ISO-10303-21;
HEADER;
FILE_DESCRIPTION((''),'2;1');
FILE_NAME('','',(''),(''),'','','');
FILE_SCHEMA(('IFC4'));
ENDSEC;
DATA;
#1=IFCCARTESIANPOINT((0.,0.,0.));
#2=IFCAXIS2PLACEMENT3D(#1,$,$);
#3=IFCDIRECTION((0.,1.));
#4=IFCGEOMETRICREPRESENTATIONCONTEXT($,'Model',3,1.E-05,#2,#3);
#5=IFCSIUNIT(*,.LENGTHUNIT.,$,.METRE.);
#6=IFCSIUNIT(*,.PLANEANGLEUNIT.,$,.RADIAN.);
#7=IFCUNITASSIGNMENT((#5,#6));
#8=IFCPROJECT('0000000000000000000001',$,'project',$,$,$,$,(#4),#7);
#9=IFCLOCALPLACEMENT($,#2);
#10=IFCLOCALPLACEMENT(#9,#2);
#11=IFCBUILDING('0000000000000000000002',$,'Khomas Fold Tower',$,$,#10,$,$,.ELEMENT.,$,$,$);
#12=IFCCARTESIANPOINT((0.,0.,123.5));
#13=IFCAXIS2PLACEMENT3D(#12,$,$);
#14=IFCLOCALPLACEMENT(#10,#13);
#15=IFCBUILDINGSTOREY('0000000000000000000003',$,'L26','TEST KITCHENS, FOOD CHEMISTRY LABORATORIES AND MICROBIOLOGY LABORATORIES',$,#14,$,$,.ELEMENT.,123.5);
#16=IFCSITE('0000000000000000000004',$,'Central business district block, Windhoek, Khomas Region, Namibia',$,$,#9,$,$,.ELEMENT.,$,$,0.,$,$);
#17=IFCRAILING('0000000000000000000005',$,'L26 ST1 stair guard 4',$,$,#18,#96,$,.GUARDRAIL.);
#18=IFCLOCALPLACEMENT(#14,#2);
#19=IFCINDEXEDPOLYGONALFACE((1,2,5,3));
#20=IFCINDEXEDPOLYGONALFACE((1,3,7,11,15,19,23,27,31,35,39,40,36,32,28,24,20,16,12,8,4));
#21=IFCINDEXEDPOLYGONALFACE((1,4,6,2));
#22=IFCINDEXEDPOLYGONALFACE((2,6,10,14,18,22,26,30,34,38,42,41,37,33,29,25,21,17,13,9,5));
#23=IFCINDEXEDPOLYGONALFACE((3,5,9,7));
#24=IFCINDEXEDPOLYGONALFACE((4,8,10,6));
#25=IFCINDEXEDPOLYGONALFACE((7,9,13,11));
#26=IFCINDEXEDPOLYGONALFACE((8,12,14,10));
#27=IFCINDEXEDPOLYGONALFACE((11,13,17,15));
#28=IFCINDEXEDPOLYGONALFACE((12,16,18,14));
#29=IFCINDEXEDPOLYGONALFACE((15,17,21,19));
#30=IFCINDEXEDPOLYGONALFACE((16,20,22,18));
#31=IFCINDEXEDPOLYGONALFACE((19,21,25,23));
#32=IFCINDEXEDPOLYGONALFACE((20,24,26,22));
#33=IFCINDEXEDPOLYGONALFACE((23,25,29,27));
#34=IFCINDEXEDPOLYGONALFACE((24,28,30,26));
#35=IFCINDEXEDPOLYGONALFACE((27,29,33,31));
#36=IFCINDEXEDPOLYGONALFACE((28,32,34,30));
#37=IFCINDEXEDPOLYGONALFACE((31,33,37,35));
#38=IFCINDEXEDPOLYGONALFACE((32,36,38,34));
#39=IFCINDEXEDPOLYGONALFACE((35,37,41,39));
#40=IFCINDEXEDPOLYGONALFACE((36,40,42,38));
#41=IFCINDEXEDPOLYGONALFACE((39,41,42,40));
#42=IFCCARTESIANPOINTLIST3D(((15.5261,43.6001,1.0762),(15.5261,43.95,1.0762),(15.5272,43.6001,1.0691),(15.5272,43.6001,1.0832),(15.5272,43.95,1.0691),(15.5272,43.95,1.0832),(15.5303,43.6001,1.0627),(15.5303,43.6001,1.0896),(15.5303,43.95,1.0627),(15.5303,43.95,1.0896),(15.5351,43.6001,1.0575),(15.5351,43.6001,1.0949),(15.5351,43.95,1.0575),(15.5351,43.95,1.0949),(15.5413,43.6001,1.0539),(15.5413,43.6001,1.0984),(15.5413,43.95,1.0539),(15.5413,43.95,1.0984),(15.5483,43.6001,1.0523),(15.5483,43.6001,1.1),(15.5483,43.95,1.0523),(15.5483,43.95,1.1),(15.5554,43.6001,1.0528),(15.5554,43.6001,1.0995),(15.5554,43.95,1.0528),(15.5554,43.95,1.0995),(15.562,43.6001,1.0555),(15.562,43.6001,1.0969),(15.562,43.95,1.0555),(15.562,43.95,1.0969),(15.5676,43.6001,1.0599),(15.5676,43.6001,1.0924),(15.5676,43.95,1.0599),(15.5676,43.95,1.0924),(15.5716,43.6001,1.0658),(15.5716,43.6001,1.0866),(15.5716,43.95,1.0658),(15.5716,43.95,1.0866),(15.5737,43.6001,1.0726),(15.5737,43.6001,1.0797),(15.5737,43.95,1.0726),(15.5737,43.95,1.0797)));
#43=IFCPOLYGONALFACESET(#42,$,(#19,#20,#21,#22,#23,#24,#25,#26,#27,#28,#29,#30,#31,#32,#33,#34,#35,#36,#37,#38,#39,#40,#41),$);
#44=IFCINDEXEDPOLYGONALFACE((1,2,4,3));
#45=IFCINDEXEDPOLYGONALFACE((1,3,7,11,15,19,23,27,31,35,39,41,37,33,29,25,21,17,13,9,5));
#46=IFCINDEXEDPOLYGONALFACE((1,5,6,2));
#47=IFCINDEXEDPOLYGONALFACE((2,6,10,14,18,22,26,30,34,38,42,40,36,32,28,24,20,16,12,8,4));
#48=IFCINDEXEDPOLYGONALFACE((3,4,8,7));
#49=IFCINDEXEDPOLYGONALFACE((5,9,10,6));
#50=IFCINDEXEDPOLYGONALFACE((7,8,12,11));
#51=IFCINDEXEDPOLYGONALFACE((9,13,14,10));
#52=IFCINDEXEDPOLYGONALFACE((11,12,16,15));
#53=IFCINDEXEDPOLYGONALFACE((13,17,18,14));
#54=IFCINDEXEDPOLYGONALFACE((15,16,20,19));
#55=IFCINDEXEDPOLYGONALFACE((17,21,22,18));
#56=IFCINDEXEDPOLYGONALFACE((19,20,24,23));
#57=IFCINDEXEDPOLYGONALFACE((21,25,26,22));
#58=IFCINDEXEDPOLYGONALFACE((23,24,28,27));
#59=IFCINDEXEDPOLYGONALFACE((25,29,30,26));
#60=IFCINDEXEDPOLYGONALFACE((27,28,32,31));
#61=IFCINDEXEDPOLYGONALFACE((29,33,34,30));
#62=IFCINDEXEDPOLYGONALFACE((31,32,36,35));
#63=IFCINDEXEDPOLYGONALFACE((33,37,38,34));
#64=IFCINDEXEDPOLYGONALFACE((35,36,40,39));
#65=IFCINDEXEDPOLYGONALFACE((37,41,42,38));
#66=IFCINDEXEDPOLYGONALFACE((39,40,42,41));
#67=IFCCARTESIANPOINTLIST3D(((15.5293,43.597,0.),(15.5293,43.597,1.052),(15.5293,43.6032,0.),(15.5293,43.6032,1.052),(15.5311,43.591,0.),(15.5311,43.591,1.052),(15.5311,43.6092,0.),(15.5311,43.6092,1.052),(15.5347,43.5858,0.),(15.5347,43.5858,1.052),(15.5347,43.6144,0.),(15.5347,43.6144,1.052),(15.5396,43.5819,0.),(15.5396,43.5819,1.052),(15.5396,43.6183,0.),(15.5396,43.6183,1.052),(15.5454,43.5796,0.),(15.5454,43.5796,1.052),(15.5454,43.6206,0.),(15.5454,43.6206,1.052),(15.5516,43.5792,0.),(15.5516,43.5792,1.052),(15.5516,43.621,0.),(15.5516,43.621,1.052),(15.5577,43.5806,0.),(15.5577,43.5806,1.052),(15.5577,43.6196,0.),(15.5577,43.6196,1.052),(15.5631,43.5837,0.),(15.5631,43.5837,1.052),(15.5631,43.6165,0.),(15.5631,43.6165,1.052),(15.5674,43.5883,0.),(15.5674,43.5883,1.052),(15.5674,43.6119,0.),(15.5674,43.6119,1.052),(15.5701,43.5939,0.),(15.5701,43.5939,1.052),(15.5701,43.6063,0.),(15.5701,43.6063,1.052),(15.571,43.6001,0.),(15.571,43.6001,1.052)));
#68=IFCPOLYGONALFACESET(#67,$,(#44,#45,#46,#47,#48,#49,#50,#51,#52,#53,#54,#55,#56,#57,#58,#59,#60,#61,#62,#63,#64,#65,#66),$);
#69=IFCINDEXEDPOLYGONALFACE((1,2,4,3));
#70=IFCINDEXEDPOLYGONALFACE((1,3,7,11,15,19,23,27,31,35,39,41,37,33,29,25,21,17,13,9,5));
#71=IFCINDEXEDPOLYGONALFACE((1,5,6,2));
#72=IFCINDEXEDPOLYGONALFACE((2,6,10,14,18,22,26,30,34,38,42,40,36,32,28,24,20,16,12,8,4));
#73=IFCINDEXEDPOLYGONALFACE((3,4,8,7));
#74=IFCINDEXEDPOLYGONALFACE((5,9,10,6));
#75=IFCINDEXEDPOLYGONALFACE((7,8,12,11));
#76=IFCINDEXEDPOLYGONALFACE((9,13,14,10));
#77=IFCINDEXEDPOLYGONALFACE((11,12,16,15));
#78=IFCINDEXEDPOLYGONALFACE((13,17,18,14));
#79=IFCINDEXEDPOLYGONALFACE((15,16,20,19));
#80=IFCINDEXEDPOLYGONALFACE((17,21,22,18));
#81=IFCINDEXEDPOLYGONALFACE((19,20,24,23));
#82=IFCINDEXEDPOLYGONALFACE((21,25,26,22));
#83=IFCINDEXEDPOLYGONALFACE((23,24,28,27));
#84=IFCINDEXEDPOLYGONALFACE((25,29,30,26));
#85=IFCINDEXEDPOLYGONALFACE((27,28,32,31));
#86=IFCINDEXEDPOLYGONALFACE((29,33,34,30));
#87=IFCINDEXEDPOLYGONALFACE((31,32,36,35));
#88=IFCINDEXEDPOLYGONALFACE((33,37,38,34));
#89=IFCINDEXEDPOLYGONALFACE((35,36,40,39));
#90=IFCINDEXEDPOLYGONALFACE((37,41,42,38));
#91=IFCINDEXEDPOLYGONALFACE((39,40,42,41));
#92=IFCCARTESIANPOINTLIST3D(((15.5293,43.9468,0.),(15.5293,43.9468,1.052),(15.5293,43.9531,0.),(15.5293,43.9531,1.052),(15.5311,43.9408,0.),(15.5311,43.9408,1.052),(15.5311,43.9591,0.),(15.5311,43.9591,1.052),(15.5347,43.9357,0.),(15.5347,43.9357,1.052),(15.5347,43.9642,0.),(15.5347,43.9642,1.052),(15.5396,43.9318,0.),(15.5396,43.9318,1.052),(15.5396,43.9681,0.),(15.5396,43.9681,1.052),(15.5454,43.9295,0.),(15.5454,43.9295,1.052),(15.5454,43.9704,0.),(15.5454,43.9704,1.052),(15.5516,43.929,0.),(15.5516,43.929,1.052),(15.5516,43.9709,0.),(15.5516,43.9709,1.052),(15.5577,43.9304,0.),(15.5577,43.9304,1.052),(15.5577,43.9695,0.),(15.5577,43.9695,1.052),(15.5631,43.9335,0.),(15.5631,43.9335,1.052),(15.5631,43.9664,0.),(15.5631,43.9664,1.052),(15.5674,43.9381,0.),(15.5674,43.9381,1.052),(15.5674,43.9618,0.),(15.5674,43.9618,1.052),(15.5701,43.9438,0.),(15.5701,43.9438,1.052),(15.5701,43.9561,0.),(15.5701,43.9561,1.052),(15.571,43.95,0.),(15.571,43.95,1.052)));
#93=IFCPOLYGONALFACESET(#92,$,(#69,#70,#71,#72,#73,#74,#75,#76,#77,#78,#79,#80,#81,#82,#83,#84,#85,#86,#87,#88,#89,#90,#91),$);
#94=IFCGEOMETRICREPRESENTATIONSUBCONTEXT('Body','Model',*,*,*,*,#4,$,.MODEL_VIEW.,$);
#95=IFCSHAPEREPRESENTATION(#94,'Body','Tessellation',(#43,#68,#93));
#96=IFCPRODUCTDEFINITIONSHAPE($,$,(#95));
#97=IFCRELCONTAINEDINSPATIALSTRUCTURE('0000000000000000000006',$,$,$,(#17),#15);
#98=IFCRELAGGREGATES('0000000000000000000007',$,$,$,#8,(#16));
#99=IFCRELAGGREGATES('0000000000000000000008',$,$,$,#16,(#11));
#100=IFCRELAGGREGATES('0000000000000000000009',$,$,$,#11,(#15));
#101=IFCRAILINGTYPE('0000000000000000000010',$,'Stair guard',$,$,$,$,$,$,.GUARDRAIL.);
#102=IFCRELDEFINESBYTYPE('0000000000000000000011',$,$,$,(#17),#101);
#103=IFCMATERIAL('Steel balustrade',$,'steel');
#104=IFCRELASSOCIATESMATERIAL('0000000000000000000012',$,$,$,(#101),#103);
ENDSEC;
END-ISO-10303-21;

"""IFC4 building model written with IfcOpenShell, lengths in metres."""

from ifc_helpers import new_model, si_unit, direction, frame, origin, origin_2d, place, context, subcontext, project, spatial, circle, extrude, source, transform, mapped, material, type_object, element, save


model = new_model("IFC4")

# Units and contexts
model_context = context("Model", 3, precision=1e-05, world=origin(), true_north=direction((0.0, 1.0)))
body_context = subcontext(model_context, "Body", "Model", "MODEL_VIEW")
ifc_project = project(units=[si_unit("LENGTHUNIT", "METRE"), si_unit("PLANEANGLEUNIT", "RADIAN")], contexts=[model_context])

# Site, building, storey
site_placement = place(None, origin())
site = spatial("IfcSite", under=ifc_project, at=site_placement, Name="Central business district block, Windhoek, Khomas Region, Namibia", CompositionType="ELEMENT", RefElevation=0.0)
building_placement = place(site_placement, origin())
building = spatial("IfcBuilding", under=site, at=building_placement, Name="Khomas Fold Tower", CompositionType="ELEMENT")
storey_placement = place(building_placement, frame((0.0, 0.0, 123.5)))
storey = spatial("IfcBuildingStorey", under=building, at=storey_placement, Name="L26", Description="TEST KITCHENS, FOOD CHEMISTRY LABORATORIES AND MICROBIOLOGY LABORATORIES", CompositionType="ELEMENT", Elevation=123.5)

# Railing
ifc_material_1 = material(Name="Steel balustrade", Category="steel")
railing_type_1 = type_object("IfcRailingType", Name="Stair guard", PredefinedType="GUARDRAIL", material=ifc_material_1)
shared_shape_1 = source(origin(), body_context, "Body", "SweptSolid", [
    extrude(circle(Radius=0.0239, at=origin_2d()), frame((0.0, 0.0, 1.0762), z_axis=(0.0, 1.0, 0.0), x_axis=(-1.0, 0.0, 0.0)), (0.0, 0.0, 1.0), 0.3499),
    extrude(circle(Radius=0.021, at=origin_2d()), origin(), (0.0, 0.0, 1.0), 1.052),
    extrude(circle(Radius=0.021, at=origin_2d()), frame((0.0, 0.3499, 0.0)), (0.0, 0.0, 1.0), 1.052),
])
for number, where, name in (
    (1, (15.55, 43.6001, 0.0), "L26 ST1 stair guard 4"),
):
    element("IfcRailing", number, at=place(storey_placement, frame(where)), inside=storey, type_object=railing_type_1, Name=name, PredefinedType="GUARDRAIL", context=body_context, shape_type="MappedRepresentation", body=[
        mapped(shared_shape_1, transform((0.0, 0.0, 0.0))),
    ])

save(model, "model.ifc")
